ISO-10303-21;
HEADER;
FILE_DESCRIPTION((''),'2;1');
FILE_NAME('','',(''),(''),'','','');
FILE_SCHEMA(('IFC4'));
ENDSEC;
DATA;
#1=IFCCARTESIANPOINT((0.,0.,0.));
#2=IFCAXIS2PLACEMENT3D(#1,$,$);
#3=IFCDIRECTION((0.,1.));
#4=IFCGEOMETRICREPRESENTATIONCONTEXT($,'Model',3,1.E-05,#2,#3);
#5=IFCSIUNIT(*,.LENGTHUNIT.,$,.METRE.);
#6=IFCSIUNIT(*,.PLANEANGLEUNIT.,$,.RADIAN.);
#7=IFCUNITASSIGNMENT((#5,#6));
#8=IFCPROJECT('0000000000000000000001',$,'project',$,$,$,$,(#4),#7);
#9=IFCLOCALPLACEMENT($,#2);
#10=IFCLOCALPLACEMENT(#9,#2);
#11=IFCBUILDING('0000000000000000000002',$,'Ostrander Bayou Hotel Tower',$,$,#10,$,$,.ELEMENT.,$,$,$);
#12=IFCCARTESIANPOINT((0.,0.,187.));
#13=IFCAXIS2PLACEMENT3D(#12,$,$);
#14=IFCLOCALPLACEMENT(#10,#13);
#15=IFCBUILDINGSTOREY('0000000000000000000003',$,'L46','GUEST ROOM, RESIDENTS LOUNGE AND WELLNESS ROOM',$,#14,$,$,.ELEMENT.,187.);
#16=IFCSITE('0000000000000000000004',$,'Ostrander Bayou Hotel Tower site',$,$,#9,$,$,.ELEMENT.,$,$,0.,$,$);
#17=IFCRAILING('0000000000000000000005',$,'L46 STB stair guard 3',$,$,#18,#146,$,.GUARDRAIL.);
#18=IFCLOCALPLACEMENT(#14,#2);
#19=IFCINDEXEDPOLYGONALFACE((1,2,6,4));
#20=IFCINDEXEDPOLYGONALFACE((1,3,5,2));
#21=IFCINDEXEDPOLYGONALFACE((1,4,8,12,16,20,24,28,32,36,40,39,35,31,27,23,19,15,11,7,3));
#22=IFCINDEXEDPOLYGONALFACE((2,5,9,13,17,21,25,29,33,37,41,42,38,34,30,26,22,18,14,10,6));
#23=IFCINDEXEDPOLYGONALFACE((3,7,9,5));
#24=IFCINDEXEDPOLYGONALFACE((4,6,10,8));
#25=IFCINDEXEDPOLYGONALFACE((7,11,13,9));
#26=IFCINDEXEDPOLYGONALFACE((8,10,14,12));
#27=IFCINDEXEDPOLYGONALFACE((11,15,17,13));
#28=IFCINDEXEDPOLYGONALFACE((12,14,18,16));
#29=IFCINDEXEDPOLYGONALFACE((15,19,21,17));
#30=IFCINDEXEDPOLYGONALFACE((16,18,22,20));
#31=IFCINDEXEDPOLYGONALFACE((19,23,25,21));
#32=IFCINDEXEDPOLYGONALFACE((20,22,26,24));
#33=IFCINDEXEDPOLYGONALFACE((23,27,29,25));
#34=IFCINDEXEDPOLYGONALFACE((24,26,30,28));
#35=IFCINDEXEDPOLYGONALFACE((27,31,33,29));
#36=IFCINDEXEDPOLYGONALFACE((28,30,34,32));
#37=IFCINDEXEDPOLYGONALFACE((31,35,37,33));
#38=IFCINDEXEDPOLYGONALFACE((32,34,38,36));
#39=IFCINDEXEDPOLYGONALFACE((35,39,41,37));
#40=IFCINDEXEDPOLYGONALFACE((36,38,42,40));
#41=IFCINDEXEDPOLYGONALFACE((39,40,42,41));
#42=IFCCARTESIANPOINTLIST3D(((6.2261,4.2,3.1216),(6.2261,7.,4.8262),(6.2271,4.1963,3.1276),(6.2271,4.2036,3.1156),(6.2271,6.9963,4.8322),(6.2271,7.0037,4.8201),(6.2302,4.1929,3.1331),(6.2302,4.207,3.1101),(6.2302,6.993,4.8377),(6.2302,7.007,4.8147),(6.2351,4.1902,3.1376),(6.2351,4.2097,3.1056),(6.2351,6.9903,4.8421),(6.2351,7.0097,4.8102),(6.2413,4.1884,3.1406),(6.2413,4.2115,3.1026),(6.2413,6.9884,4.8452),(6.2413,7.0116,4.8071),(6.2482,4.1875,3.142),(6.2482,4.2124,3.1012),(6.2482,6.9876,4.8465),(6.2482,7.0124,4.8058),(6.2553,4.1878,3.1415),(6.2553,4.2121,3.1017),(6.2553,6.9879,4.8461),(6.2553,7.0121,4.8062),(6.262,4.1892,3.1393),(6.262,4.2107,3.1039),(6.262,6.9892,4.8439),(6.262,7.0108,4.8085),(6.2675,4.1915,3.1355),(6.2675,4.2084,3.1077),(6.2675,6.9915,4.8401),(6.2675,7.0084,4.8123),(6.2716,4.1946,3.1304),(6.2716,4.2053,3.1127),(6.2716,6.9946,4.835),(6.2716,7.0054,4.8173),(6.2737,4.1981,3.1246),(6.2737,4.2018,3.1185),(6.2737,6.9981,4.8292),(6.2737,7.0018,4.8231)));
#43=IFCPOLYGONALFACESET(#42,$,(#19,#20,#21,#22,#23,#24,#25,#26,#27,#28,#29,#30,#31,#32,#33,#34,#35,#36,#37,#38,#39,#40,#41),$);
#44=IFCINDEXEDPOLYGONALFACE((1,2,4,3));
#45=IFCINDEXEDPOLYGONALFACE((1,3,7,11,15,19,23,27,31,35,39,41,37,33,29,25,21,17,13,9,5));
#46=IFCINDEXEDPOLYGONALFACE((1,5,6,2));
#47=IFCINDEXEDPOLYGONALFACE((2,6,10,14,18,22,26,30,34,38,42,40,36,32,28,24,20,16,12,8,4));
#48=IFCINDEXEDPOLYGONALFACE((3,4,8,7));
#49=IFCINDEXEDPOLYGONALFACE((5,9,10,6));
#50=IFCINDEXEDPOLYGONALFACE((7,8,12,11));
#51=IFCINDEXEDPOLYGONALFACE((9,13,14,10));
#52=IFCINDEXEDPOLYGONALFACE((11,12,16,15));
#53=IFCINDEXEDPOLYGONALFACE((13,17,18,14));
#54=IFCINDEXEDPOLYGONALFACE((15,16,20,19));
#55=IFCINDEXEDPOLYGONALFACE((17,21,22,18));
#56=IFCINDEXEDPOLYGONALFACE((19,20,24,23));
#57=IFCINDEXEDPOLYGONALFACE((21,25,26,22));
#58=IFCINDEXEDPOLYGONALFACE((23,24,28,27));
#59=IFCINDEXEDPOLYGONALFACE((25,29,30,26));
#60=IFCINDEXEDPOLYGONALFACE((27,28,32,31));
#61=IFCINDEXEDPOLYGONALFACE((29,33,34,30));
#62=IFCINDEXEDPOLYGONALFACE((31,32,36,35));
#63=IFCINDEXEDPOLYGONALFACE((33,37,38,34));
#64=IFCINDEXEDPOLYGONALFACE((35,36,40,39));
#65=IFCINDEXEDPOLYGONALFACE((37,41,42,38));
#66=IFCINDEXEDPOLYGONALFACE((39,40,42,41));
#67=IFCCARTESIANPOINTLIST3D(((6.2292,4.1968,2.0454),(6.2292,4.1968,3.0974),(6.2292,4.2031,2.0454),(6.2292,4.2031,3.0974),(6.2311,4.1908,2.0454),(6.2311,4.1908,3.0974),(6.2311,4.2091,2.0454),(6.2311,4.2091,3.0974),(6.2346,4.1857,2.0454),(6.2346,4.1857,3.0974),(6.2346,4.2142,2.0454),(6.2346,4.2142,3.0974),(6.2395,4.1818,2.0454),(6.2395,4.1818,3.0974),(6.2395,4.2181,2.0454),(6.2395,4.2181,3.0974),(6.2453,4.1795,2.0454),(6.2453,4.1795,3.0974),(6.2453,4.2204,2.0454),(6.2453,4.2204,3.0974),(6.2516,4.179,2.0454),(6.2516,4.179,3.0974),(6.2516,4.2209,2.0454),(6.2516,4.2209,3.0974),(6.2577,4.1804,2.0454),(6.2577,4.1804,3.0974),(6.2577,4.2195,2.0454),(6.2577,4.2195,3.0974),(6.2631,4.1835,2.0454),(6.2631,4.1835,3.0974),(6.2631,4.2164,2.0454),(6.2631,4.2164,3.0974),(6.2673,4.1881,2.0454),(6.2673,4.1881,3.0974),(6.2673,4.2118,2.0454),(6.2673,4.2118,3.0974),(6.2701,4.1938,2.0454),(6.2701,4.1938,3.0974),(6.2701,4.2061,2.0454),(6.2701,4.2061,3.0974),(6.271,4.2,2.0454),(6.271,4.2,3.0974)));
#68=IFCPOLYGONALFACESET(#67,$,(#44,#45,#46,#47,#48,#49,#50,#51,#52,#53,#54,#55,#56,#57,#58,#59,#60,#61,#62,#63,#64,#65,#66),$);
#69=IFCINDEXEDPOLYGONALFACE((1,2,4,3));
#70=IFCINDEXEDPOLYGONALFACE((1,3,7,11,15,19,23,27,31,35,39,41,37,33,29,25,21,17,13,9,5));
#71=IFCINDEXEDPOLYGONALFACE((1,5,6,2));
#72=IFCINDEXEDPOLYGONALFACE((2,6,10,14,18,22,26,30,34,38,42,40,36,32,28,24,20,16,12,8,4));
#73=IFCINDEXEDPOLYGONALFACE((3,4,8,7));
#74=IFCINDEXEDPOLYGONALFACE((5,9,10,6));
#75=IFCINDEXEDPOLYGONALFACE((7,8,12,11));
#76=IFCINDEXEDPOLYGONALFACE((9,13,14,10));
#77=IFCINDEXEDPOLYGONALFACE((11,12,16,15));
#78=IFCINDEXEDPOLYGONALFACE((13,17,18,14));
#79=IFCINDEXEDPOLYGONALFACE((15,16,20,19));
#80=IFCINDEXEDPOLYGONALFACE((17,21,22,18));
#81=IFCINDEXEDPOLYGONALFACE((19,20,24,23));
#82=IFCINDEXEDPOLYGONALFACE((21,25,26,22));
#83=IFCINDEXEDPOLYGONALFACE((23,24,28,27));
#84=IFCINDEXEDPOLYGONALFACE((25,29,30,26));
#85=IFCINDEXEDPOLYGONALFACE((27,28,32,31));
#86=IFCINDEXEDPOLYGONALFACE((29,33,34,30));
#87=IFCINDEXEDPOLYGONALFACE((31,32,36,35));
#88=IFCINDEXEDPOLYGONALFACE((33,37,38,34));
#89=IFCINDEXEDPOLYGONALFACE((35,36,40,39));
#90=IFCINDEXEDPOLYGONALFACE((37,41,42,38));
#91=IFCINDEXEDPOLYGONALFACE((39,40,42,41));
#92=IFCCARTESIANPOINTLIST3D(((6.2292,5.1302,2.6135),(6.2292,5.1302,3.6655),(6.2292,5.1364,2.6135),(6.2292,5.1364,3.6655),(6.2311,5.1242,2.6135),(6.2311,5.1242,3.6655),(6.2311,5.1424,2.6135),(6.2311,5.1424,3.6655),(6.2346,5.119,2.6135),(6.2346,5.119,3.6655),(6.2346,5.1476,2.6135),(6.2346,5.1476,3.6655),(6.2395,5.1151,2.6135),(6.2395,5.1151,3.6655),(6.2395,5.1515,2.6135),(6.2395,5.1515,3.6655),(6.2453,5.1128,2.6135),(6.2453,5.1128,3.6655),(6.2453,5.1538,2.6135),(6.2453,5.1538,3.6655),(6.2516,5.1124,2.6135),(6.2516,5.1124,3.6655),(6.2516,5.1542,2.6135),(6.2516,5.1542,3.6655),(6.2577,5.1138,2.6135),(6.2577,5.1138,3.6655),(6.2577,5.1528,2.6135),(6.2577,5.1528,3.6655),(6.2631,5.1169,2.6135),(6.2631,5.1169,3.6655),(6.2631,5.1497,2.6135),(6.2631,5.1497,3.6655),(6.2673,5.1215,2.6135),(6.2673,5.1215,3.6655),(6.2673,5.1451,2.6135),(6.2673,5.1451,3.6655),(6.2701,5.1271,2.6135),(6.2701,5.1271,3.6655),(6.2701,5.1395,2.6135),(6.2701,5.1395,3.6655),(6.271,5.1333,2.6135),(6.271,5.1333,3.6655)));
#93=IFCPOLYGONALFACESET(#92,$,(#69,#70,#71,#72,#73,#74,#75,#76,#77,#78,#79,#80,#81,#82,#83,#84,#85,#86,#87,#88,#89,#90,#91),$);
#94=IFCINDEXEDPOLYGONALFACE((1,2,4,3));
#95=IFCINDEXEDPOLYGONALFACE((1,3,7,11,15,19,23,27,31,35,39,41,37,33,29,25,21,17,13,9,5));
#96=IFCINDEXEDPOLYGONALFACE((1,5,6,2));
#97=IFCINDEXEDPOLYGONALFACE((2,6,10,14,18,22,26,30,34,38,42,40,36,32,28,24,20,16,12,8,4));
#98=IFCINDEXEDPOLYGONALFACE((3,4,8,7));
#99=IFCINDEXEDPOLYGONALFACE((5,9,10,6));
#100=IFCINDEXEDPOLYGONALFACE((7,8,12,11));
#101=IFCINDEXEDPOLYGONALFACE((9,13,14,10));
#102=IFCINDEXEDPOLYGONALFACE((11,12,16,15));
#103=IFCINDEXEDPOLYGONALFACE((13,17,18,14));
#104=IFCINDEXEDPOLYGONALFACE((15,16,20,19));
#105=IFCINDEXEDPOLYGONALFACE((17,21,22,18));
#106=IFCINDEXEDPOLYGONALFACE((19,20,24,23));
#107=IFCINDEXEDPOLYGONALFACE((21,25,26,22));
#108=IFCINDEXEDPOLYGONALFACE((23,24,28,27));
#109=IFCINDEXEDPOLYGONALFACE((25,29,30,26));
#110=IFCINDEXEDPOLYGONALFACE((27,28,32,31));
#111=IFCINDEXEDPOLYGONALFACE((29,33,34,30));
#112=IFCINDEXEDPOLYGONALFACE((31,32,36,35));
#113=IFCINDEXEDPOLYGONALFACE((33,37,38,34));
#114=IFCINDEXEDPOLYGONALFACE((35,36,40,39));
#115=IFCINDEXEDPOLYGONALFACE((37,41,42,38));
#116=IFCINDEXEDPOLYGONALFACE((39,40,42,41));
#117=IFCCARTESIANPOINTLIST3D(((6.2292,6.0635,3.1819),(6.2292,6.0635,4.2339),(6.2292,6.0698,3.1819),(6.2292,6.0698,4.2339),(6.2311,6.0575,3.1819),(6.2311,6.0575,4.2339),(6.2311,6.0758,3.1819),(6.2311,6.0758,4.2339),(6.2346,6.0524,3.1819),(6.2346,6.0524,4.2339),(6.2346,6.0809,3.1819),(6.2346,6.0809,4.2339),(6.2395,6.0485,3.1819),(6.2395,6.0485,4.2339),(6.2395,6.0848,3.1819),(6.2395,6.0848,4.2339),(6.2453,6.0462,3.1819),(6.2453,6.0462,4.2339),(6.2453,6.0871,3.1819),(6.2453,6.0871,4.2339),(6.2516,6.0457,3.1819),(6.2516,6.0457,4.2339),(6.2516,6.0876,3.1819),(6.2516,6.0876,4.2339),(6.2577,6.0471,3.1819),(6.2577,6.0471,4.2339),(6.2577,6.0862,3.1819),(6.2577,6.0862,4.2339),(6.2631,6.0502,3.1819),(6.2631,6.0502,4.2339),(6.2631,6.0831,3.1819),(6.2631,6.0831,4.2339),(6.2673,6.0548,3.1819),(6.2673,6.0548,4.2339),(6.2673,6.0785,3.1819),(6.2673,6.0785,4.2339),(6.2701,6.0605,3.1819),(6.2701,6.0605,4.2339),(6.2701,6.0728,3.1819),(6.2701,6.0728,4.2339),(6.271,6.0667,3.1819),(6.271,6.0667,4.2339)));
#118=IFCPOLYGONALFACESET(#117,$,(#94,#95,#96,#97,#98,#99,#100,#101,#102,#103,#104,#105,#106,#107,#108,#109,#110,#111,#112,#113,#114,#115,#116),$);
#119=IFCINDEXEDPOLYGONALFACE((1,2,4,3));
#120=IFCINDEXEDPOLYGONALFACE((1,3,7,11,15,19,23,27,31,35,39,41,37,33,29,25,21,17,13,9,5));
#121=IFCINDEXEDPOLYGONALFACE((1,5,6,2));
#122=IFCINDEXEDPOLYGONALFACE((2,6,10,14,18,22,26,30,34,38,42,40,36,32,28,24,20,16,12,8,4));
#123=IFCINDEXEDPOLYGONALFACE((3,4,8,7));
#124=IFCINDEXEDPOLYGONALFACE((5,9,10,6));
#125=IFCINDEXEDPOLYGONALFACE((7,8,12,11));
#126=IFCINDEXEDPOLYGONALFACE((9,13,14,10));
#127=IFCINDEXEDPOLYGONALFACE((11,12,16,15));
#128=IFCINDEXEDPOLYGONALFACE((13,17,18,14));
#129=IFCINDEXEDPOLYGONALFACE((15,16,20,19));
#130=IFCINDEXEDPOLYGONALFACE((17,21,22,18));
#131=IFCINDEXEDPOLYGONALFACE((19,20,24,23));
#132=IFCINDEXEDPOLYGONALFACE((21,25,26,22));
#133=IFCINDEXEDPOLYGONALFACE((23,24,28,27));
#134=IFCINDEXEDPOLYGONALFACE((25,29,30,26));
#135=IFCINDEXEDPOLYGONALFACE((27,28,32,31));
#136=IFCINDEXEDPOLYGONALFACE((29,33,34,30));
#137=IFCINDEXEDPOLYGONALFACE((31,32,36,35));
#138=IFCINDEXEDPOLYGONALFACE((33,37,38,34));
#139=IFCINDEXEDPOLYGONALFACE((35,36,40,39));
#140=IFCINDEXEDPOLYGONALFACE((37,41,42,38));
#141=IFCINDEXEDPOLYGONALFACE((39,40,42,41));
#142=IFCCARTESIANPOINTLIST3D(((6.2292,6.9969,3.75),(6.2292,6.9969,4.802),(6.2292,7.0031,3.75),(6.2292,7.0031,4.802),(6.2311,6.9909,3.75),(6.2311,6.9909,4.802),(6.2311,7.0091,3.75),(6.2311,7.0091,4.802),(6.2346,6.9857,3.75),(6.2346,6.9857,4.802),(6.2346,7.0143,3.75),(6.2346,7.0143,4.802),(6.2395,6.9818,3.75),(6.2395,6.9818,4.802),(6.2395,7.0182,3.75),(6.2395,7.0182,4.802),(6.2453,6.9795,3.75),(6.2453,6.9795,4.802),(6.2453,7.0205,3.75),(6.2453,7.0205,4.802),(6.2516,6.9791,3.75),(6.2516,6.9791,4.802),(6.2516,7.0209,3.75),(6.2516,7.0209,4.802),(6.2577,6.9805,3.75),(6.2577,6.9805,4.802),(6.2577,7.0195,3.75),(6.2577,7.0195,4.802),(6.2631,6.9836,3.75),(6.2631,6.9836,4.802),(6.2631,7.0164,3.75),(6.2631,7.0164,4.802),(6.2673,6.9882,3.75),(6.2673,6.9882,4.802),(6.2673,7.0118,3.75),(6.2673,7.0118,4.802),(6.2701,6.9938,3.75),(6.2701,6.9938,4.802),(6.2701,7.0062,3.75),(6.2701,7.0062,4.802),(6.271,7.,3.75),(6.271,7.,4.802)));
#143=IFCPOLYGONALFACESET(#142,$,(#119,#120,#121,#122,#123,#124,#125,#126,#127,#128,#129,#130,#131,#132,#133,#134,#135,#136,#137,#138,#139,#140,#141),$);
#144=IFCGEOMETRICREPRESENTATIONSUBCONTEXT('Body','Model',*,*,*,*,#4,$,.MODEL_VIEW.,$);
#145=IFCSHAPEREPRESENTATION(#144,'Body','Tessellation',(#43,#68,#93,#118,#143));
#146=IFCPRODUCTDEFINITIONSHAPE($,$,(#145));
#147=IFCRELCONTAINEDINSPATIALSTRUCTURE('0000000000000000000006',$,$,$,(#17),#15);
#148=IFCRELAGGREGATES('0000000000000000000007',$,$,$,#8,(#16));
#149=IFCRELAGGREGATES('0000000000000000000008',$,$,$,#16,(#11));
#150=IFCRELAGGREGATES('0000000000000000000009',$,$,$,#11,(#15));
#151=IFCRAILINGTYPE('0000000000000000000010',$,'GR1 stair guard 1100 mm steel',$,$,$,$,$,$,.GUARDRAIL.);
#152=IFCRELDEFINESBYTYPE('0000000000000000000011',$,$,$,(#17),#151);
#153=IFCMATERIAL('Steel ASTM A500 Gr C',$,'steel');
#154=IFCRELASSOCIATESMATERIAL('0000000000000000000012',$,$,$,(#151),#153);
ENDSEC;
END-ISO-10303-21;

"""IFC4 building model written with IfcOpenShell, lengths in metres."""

from ifc_helpers import new_model, si_unit, direction, frame, origin, origin_2d, place, context, subcontext, project, spatial, circle, extrude, material, type_object, element, save


model = new_model("IFC4")

# Units and contexts
model_context = context("Model", 3, precision=1e-05, world=origin(), true_north=direction((0.0, 1.0)))
body_context = subcontext(model_context, "Body", "Model", "MODEL_VIEW")
ifc_project = project(units=[si_unit("LENGTHUNIT", "METRE"), si_unit("PLANEANGLEUNIT", "RADIAN")], contexts=[model_context])

# Site, building, storey
site_placement = place(None, origin())
site = spatial("IfcSite", under=ifc_project, at=site_placement, Name="Ostrander Bayou Hotel Tower site", CompositionType="ELEMENT", RefElevation=0.0)
building_placement = place(site_placement, origin())
building = spatial("IfcBuilding", under=site, at=building_placement, Name="Ostrander Bayou Hotel Tower", CompositionType="ELEMENT")
storey_placement = place(building_placement, frame((0.0, 0.0, 187.0)))
storey = spatial("IfcBuildingStorey", under=building, at=storey_placement, Name="L46", Description="GUEST ROOM, RESIDENTS LOUNGE AND WELLNESS ROOM", CompositionType="ELEMENT", Elevation=187.0)

# Railing
ifc_material_1 = material(Name="Steel ASTM A500 Gr C", Category="steel")
railing_type = type_object("IfcRailingType", Name="GR1 stair guard 1100 mm steel", PredefinedType="GUARDRAIL", material=ifc_material_1)
railing_1_placement = place(storey_placement, frame((6.25, 4.2, 2.0454)))
element("IfcRailing", 1, at=railing_1_placement, inside=storey, type_object=railing_type, Name="L46 STB stair guard 3", PredefinedType="GUARDRAIL", context=body_context, shape_type="SweptSolid", body=[
    extrude(circle(Radius=0.0239, at=origin_2d()), frame((0.0, 0.0, 1.0762), z_axis=(0.0, 0.85417, 0.519994), x_axis=(-1.0, 0.0, 0.0)), (0.0, 0.0, 1.0), 3.2781),
    extrude(circle(Radius=0.021, at=origin_2d()), origin(), (0.0, 0.0, 1.0), 1.052),
    extrude(circle(Radius=0.021, at=origin_2d()), frame((0.0, 0.9333, 0.5681)), (0.0, 0.0, 1.0), 1.052),
    extrude(circle(Radius=0.021, at=origin_2d()), frame((0.0, 1.8667, 1.1365)), (0.0, 0.0, 1.0), 1.052),
    extrude(circle(Radius=0.021, at=origin_2d()), frame((0.0, 2.8, 1.7046)), (0.0, 0.0, 1.0), 1.052),
])

save(model, "model.ifc")
